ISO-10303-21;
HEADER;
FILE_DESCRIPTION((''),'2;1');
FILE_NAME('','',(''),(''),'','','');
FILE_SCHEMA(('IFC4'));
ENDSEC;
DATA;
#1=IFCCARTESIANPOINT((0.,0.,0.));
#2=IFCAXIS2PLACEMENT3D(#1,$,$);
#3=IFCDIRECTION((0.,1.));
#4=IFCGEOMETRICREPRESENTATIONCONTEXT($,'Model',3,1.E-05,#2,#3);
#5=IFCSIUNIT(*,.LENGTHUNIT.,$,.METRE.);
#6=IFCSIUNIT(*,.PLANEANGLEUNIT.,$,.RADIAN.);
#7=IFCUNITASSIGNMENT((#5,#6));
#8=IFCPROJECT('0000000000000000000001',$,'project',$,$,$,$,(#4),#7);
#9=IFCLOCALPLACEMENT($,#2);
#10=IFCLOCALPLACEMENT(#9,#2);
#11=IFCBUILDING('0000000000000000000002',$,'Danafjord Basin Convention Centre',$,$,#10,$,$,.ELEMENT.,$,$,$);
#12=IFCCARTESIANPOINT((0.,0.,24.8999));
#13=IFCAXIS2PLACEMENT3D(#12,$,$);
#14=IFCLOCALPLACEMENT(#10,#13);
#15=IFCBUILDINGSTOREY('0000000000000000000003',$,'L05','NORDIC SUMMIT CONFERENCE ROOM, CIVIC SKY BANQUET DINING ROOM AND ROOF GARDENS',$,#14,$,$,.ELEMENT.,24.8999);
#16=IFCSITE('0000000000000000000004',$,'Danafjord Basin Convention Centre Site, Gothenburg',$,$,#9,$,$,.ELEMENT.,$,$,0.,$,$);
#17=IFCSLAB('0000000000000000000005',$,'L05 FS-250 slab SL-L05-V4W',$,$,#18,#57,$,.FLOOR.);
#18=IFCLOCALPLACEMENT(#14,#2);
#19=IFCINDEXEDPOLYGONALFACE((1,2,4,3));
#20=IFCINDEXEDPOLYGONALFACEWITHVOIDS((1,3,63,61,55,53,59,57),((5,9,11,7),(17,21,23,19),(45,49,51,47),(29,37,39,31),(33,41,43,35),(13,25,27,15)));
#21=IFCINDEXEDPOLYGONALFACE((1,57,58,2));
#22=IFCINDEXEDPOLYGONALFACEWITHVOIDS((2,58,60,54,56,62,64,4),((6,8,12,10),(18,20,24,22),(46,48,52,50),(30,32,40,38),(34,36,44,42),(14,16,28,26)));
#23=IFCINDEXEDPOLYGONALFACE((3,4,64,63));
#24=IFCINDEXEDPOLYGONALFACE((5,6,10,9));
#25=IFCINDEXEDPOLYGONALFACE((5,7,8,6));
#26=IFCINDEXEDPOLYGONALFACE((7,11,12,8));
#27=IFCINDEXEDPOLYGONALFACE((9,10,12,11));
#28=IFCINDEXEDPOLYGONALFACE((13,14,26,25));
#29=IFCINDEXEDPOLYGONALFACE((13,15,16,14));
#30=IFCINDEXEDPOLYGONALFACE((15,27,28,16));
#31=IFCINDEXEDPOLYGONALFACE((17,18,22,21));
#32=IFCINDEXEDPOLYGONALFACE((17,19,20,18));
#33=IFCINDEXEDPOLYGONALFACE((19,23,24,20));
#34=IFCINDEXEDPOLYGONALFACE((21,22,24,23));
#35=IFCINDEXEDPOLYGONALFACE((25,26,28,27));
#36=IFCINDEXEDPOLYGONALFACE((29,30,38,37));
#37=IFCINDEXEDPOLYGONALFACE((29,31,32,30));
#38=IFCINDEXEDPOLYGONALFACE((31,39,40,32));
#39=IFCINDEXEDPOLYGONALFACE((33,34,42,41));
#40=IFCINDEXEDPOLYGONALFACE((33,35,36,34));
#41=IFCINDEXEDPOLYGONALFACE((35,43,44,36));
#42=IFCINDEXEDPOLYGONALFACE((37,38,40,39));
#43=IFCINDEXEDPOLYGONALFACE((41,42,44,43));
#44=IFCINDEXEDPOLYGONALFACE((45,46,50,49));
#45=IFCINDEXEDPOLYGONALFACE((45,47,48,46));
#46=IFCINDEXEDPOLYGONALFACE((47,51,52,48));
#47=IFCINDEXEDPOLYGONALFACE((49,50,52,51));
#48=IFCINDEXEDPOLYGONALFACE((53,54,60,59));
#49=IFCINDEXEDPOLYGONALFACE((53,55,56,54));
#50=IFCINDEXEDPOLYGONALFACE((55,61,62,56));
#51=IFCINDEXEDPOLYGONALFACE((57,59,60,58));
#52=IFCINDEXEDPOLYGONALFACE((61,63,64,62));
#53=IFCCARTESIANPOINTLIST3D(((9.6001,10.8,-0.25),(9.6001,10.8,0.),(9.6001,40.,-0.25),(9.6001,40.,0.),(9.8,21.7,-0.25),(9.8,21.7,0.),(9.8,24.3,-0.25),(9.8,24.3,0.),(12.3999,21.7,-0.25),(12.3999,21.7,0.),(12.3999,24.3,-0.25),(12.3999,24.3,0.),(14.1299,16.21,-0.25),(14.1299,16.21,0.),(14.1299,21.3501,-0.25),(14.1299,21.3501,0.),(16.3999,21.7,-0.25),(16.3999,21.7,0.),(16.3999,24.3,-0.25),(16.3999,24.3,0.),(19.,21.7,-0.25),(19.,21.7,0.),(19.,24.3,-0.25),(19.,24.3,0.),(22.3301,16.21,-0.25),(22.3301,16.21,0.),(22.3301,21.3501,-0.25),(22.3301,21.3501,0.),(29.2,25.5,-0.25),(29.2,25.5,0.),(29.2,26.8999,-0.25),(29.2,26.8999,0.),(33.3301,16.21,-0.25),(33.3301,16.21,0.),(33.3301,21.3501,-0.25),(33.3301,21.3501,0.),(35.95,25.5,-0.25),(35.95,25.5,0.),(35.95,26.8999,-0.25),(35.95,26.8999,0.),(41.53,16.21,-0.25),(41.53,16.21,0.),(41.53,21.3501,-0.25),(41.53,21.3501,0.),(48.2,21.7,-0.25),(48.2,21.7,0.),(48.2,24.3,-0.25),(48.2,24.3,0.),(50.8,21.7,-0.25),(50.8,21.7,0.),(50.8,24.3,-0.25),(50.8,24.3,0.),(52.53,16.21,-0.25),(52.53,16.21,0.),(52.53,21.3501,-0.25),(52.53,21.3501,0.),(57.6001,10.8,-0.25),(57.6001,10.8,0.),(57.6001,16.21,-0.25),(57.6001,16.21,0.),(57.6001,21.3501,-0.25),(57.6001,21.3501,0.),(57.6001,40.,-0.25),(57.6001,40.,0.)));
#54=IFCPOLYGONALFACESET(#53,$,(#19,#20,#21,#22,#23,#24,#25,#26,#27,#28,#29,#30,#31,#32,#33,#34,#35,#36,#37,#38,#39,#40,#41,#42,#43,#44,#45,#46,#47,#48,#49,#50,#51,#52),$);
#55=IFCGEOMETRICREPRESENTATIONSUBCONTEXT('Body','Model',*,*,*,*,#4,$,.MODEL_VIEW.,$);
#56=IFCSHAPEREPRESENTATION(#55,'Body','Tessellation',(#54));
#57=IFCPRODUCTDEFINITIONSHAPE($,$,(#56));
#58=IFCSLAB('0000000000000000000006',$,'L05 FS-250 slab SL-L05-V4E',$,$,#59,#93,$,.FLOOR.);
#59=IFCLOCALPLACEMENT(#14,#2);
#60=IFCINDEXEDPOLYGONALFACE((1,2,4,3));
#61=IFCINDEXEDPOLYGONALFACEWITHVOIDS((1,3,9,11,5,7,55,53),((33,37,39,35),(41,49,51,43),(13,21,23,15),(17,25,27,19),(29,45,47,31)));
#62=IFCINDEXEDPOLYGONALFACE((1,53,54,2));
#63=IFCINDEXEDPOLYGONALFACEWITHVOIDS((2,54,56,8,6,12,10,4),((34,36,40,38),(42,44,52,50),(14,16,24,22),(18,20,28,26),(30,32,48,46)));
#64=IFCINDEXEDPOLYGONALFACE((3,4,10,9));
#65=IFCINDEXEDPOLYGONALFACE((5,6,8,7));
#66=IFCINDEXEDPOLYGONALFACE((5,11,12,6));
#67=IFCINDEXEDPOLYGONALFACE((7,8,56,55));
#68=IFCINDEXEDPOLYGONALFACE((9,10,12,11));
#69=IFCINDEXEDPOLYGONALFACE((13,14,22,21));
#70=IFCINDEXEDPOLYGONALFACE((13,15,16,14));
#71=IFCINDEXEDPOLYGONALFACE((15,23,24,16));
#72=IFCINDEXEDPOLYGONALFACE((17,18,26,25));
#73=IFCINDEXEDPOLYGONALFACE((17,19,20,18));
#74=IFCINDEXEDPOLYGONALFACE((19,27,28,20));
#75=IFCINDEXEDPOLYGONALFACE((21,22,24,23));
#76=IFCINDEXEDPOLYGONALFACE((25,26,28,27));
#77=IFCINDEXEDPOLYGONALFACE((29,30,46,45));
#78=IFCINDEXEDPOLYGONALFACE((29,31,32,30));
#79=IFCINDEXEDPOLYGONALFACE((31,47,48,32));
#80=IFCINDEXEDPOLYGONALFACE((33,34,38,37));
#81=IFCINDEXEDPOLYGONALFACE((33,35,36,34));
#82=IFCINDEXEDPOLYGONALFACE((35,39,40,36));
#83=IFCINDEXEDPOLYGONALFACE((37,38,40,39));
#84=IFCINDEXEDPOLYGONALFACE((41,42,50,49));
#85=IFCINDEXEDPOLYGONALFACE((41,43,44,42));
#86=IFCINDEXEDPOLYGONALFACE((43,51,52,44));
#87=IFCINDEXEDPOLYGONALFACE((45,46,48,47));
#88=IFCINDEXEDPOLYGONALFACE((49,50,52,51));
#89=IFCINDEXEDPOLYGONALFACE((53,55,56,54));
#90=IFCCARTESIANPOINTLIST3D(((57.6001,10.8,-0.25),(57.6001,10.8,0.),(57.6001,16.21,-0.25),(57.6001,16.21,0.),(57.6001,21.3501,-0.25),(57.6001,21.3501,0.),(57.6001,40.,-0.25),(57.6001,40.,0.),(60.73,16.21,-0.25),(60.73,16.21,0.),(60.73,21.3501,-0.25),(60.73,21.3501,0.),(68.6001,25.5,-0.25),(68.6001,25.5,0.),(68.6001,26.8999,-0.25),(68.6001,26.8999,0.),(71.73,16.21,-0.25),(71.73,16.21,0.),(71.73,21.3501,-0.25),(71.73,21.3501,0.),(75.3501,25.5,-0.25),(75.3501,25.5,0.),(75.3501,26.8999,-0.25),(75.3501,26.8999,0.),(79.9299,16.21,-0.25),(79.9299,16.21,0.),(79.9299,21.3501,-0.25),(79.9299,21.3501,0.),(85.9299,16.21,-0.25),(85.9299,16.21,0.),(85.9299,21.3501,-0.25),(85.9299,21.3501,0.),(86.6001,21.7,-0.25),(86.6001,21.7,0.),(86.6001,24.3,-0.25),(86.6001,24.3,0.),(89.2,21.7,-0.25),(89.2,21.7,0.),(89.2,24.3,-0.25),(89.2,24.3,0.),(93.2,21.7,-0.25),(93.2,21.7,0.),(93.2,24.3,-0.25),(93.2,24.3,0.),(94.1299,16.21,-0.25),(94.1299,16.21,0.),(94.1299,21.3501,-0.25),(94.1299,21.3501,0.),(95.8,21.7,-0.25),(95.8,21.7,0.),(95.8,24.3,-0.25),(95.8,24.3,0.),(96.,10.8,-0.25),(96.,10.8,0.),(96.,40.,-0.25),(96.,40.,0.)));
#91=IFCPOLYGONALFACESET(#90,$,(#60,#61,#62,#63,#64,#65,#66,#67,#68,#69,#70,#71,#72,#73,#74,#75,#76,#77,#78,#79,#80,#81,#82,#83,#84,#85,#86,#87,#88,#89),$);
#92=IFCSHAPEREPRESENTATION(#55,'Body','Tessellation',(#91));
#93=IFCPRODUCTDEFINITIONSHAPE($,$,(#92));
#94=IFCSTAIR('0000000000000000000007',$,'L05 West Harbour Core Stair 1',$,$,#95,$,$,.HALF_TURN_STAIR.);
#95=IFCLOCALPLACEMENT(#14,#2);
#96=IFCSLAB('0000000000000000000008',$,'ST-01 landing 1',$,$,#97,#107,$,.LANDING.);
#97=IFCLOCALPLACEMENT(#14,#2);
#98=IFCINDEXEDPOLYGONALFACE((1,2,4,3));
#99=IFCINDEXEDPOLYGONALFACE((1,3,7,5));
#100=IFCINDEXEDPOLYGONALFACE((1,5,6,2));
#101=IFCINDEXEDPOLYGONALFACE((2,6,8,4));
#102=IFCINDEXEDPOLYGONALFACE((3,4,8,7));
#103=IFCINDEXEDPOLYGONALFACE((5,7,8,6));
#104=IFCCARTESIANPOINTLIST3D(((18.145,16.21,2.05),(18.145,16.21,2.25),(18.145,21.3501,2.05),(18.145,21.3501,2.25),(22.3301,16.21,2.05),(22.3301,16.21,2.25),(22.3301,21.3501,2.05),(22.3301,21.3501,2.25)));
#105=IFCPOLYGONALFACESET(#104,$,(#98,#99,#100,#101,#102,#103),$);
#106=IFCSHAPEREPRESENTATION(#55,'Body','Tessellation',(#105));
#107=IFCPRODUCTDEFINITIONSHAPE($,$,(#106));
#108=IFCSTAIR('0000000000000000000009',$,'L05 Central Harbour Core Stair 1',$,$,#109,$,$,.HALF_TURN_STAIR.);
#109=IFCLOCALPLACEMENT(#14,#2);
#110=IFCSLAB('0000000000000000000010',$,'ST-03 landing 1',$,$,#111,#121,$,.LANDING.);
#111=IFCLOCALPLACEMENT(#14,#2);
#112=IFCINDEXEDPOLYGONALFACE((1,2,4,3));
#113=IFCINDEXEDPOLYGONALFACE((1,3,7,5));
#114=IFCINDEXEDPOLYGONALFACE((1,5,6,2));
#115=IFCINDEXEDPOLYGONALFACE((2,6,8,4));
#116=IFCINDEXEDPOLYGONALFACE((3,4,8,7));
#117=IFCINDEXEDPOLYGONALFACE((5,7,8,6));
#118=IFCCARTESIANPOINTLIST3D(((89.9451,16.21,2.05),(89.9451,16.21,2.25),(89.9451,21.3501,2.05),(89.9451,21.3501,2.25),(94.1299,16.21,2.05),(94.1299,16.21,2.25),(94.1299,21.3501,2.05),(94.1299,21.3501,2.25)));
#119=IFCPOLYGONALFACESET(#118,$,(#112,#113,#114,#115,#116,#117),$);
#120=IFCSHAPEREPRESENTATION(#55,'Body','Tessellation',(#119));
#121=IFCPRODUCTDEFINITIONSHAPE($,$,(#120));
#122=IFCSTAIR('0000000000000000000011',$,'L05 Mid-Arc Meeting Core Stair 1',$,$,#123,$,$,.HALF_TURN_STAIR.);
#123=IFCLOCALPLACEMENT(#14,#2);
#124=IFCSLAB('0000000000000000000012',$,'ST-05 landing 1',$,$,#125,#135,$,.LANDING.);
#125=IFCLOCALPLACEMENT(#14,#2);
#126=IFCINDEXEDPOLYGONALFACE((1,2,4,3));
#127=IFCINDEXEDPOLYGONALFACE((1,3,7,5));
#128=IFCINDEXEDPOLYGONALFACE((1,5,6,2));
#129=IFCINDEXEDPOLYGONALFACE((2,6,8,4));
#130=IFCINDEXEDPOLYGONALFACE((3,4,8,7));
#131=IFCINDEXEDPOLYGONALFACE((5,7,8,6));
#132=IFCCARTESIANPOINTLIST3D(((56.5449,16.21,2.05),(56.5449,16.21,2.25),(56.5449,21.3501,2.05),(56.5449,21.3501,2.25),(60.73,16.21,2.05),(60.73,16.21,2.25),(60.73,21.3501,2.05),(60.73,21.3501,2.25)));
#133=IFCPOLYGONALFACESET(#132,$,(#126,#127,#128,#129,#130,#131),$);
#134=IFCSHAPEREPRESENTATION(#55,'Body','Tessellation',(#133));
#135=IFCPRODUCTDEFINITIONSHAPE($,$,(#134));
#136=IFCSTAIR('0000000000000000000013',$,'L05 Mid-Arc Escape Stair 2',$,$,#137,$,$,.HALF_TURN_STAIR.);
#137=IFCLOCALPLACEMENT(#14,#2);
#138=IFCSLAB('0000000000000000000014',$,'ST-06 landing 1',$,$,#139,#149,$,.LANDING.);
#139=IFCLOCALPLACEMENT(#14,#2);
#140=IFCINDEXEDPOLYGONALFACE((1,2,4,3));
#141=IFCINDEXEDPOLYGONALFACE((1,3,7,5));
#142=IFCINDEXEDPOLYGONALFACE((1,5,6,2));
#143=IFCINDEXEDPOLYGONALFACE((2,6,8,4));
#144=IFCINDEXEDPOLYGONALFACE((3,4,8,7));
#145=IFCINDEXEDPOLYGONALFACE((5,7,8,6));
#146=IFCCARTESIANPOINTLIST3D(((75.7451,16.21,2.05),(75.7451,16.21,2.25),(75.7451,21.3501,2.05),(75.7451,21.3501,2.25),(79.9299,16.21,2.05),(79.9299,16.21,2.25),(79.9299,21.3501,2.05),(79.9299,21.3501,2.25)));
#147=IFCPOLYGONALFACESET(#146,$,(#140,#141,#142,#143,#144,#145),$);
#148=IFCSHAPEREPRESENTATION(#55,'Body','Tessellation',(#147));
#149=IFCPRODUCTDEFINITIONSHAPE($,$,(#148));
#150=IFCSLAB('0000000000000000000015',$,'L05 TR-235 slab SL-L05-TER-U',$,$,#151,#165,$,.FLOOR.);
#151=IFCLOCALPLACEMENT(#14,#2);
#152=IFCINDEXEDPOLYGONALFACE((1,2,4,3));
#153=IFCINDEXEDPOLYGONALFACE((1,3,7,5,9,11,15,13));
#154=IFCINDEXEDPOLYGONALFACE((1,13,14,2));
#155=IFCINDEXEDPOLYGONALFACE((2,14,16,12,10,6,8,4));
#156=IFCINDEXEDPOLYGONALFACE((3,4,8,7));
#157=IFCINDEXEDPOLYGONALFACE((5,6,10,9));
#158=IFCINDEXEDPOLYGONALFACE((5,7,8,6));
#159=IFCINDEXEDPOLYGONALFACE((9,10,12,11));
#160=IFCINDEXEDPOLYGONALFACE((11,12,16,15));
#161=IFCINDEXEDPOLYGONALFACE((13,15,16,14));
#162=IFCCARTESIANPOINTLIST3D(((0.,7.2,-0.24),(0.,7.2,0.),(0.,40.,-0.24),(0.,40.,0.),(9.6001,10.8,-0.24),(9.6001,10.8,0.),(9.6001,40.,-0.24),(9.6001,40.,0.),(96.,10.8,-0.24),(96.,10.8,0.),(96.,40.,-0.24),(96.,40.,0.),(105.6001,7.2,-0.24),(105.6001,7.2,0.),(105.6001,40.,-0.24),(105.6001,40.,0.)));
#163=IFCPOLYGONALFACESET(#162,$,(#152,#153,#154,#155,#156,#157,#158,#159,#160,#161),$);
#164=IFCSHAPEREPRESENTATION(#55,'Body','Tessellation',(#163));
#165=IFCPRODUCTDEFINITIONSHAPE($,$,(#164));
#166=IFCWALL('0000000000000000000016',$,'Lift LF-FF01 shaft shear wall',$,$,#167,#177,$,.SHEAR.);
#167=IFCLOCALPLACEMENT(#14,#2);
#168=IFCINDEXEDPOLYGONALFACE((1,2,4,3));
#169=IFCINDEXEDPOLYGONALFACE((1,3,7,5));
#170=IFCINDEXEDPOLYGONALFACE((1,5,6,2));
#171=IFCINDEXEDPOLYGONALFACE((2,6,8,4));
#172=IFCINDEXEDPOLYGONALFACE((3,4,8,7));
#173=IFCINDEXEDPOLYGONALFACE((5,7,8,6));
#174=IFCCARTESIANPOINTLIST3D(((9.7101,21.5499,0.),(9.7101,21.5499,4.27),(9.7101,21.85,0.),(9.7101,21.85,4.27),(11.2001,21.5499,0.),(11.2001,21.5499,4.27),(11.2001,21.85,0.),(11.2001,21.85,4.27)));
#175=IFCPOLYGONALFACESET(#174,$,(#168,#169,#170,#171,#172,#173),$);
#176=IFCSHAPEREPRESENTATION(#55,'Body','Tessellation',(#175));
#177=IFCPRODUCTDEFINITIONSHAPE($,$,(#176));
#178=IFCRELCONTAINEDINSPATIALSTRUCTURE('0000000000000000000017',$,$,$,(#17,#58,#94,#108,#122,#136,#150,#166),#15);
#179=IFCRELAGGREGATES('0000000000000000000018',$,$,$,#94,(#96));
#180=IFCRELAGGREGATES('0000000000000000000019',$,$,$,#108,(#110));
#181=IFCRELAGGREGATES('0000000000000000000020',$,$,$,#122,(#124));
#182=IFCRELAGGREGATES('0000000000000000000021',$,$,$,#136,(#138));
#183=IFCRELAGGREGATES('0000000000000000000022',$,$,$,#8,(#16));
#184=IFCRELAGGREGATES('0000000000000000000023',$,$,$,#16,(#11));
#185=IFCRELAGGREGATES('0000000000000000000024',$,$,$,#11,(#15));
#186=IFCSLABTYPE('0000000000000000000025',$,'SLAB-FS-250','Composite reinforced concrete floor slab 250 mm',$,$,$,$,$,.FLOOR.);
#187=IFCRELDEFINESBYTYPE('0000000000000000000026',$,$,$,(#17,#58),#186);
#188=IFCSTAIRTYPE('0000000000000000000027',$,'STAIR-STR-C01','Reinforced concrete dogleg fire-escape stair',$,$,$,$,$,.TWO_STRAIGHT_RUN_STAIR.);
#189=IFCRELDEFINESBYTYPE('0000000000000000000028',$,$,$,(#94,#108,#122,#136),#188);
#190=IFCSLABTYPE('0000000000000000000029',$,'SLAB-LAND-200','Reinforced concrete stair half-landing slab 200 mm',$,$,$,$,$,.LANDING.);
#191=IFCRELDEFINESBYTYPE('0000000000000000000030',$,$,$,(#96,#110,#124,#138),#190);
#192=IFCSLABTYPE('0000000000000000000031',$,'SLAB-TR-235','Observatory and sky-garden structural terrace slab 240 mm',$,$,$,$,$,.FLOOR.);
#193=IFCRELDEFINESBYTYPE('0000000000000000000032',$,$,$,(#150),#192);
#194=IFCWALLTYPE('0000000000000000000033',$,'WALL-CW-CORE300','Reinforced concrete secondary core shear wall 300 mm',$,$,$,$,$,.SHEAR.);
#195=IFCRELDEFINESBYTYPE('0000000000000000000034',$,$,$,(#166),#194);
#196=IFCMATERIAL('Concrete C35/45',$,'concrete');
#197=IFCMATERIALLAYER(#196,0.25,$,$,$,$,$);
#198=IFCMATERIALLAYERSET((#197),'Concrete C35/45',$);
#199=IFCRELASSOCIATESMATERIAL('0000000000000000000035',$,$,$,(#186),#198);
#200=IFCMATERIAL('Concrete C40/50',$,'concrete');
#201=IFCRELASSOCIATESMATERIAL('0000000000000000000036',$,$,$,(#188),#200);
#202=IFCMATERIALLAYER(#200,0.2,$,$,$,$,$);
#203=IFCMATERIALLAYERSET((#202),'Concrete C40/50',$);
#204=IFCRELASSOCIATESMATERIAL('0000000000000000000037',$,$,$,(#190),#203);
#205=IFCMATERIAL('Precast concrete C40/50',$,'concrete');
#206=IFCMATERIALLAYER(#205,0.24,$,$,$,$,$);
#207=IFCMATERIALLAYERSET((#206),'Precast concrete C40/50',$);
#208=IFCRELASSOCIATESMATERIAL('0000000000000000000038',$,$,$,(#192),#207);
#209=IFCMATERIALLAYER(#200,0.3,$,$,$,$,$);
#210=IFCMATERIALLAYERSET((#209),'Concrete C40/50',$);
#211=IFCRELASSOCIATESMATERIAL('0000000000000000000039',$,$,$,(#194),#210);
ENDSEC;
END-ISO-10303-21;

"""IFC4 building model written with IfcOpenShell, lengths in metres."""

from ifc_helpers import new_model, si_unit, direction, frame, frame_2d, origin, place, context, subcontext, project, spatial, polyline, rectangle, outline, extrude, material, layer, layer_set, type_object, element, aggregate, save


model = new_model("IFC4")

# Units and contexts
model_context = context("Model", 3, precision=1e-05, world=origin(), true_north=direction((0.0, 1.0)))
body_context = subcontext(model_context, "Body", "Model", "MODEL_VIEW")
ifc_project = project(units=[si_unit("LENGTHUNIT", "METRE"), si_unit("PLANEANGLEUNIT", "RADIAN")], contexts=[model_context])

# Site, building, storey
site_placement = place(None, origin())
site = spatial("IfcSite", under=ifc_project, at=site_placement, Name="Danafjord Basin Convention Centre Site, Gothenburg", CompositionType="ELEMENT", RefElevation=0.0)
building_placement = place(site_placement, origin())
building = spatial("IfcBuilding", under=site, at=building_placement, Name="Danafjord Basin Convention Centre", CompositionType="ELEMENT")
storey_placement = place(building_placement, frame((0.0, 0.0, 24.8999)))
storey = spatial("IfcBuildingStorey", under=building, at=storey_placement, Name="L05", Description="NORDIC SUMMIT CONFERENCE ROOM, CIVIC SKY BANQUET DINING ROOM AND ROOF GARDENS", CompositionType="ELEMENT", Elevation=24.8999)

# Slabs
ifc_material_1 = material(Name="Concrete C35/45", Category="concrete")
ifc_layer_1 = layer(ifc_material_1, 0.25)
ifc_layer_set_1 = layer_set([ifc_layer_1], Name="Concrete C35/45")
slab_type_1 = type_object("IfcSlabType", Name="SLAB-FS-250", Description="Composite reinforced concrete floor slab 250 mm", PredefinedType="FLOOR", material=ifc_layer_set_1)
slab_1_placement = place(storey_placement, frame((0.0, 0.0, -0.25)))
element("IfcSlab", 1, at=slab_1_placement, inside=storey, type_object=slab_type_1, Name="L05 FS-250 slab SL-L05-V4W", PredefinedType="FLOOR", context=body_context, shape_type="SweptSolid", body=[
    extrude(outline(polyline([(57.6001, 40.0), (57.6001, 21.3501), (52.53, 21.3501), (52.53, 16.21), (57.6001, 16.21), (57.6001, 10.8), (9.6001, 10.8), (9.6001, 40.0), (57.6001, 40.0)]), holes=[polyline([(48.2, 24.3), (48.2, 21.7), (50.8, 21.7), (50.8, 24.3), (48.2, 24.3)]), polyline([(33.3301, 16.21), (41.53, 16.21), (41.53, 21.3501), (33.3301, 21.3501), (33.3301, 16.21)]), polyline([(29.2, 26.8999), (29.2, 25.5), (35.95, 25.5), (35.95, 26.8999), (29.2, 26.8999)]), polyline([(22.3301, 16.21), (22.3301, 21.3501), (14.1299, 21.3501), (14.1299, 16.21), (22.3301, 16.21)]), polyline([(19.0, 21.7), (19.0, 24.3), (16.3999, 24.3), (16.3999, 21.7), (19.0, 21.7)]), polyline([(12.3999, 24.3), (9.8, 24.3), (9.8, 21.7), (12.3999, 21.7), (12.3999, 24.3)])]), origin(), (0.0, 0.0, 1.0), 0.25),
])
slab_2_placement = place(storey_placement, frame((0.0, 0.0, -0.25)))
element("IfcSlab", 2, at=slab_2_placement, inside=storey, type_object=slab_type_1, Name="L05 FS-250 slab SL-L05-V4E", PredefinedType="FLOOR", context=body_context, shape_type="SweptSolid", body=[
    extrude(outline(polyline([(60.73, 16.21), (60.73, 21.3501), (57.6001, 21.3501), (57.6001, 40.0), (96.0, 40.0), (96.0, 10.8), (57.6001, 10.8), (57.6001, 16.21), (60.73, 16.21)]), holes=[polyline([(95.8, 24.3), (93.2, 24.3), (93.2, 21.7), (95.8, 21.7), (95.8, 24.3)]), polyline([(85.9299, 16.21), (94.1299, 16.21), (94.1299, 21.3501), (85.9299, 21.3501), (85.9299, 16.21)]), polyline([(89.2, 21.7), (89.2, 24.3), (86.6001, 24.3), (86.6001, 21.7), (89.2, 21.7)]), polyline([(71.73, 16.21), (79.9299, 16.21), (79.9299, 21.3501), (71.73, 21.3501), (71.73, 16.21)]), polyline([(68.6001, 25.5), (75.3501, 25.5), (75.3501, 26.8999), (68.6001, 26.8999), (68.6001, 25.5)])]), origin(), (0.0, 0.0, 1.0), 0.25),
])

# Stairs, slabs
ifc_material_2 = material(Name="Concrete C40/50", Category="concrete")
stair_type = type_object("IfcStairType", Name="STAIR-STR-C01", Description="Reinforced concrete dogleg fire-escape stair", PredefinedType="TWO_STRAIGHT_RUN_STAIR", material=ifc_material_2)
stair_1_placement = place(storey_placement, origin())
stair_1 = element("IfcStair", 3, at=stair_1_placement, inside=storey, type_object=stair_type, Name="L05 West Harbour Core Stair 1", PredefinedType="HALF_TURN_STAIR")
ifc_layer_2 = layer(ifc_material_2, 0.2)
ifc_layer_set_2 = layer_set([ifc_layer_2], Name="Concrete C40/50")
slab_type_2 = type_object("IfcSlabType", Name="SLAB-LAND-200", Description="Reinforced concrete stair half-landing slab 200 mm", PredefinedType="LANDING", material=ifc_layer_set_2)
slab_3_placement = place(storey_placement, frame((0.0, 0.0, 2.05)))
slab_3 = element("IfcSlab", 4, at=slab_3_placement, type_object=slab_type_2, Name="ST-01 landing 1", PredefinedType="LANDING", context=body_context, shape_type="SweptSolid", body=[
    extrude(outline(polyline([(18.145, 16.21), (22.3301, 16.21), (22.3301, 21.3501), (18.145, 21.3501), (18.145, 16.21)])), origin(), (0.0, 0.0, 1.0), 0.2),
])
aggregate(stair_1, [slab_3])
stair_2_placement = place(storey_placement, origin())
stair_2 = element("IfcStair", 5, at=stair_2_placement, inside=storey, type_object=stair_type, Name="L05 Central Harbour Core Stair 1", PredefinedType="HALF_TURN_STAIR")
slab_4_placement = place(storey_placement, frame((0.0, 0.0, 2.05)))
slab_4 = element("IfcSlab", 6, at=slab_4_placement, type_object=slab_type_2, Name="ST-03 landing 1", PredefinedType="LANDING", context=body_context, shape_type="SweptSolid", body=[
    extrude(outline(polyline([(89.9451, 16.21), (94.1299, 16.21), (94.1299, 21.3501), (89.9451, 21.3501), (89.9451, 16.21)])), origin(), (0.0, 0.0, 1.0), 0.2),
])
aggregate(stair_2, [slab_4])
stair_3_placement = place(storey_placement, origin())
stair_3 = element("IfcStair", 7, at=stair_3_placement, inside=storey, type_object=stair_type, Name="L05 Mid-Arc Meeting Core Stair 1", PredefinedType="HALF_TURN_STAIR")
slab_5_placement = place(storey_placement, frame((0.0, 0.0, 2.05)))
slab_5 = element("IfcSlab", 8, at=slab_5_placement, type_object=slab_type_2, Name="ST-05 landing 1", PredefinedType="LANDING", context=body_context, shape_type="SweptSolid", body=[
    extrude(outline(polyline([(56.5449, 16.21), (60.73, 16.21), (60.73, 21.3501), (56.5449, 21.3501), (56.5449, 16.21)])), origin(), (0.0, 0.0, 1.0), 0.2),
])
aggregate(stair_3, [slab_5])
stair_4_placement = place(storey_placement, origin())
stair_4 = element("IfcStair", 9, at=stair_4_placement, inside=storey, type_object=stair_type, Name="L05 Mid-Arc Escape Stair 2", PredefinedType="HALF_TURN_STAIR")
slab_6_placement = place(storey_placement, frame((0.0, 0.0, 2.05)))
slab_6 = element("IfcSlab", 10, at=slab_6_placement, type_object=slab_type_2, Name="ST-06 landing 1", PredefinedType="LANDING", context=body_context, shape_type="SweptSolid", body=[
    extrude(outline(polyline([(75.7451, 16.21), (79.9299, 16.21), (79.9299, 21.3501), (75.7451, 21.3501), (75.7451, 16.21)])), origin(), (0.0, 0.0, 1.0), 0.2),
])
aggregate(stair_4, [slab_6])

# Slab
ifc_material_3 = material(Name="Precast concrete C40/50", Category="concrete")
ifc_layer_3 = layer(ifc_material_3, 0.24)
ifc_layer_set_3 = layer_set([ifc_layer_3], Name="Precast concrete C40/50")
slab_type_3 = type_object("IfcSlabType", Name="SLAB-TR-235", Description="Observatory and sky-garden structural terrace slab 240 mm", PredefinedType="FLOOR", material=ifc_layer_set_3)
slab_7_placement = place(storey_placement, frame((0.0, 0.0, -0.24)))
element("IfcSlab", 11, at=slab_7_placement, inside=storey, type_object=slab_type_3, Name="L05 TR-235 slab SL-L05-TER-U", PredefinedType="FLOOR", context=body_context, shape_type="SweptSolid", body=[
    extrude(outline(polyline([(0.0, 7.2), (0.0, 40.0), (9.6001, 40.0), (9.6001, 10.8), (96.0, 10.8), (96.0, 40.0), (105.6001, 40.0), (105.6001, 7.2), (0.0, 7.2)])), origin(), (0.0, 0.0, 1.0), 0.24),
])

# Wall
ifc_layer_4 = layer(ifc_material_2, 0.3)
ifc_layer_set_4 = layer_set([ifc_layer_4], Name="Concrete C40/50")
wall_type_1 = type_object("IfcWallType", Name="WALL-CW-CORE300", Description="Reinforced concrete secondary core shear wall 300 mm", PredefinedType="SHEAR", material=ifc_layer_set_4)
wall_1_placement = place(storey_placement, frame((9.71, 21.7, 0.0), z_axis=(0.0, 0.0, 1.0), x_axis=(1.0, 0.0, 0.0)))
element("IfcWall", 12, at=wall_1_placement, inside=storey, type_object=wall_type_1, Name="Lift LF-FF01 shaft shear wall", PredefinedType="SHEAR", context=body_context, shape_type="SweptSolid", body=[
    extrude(rectangle(XDim=1.49, YDim=0.3, at=frame_2d((0.7451, 0.0))), origin(), (0.0, 0.0, 1.0), 4.27),
])

save(model, "model.ifc")
